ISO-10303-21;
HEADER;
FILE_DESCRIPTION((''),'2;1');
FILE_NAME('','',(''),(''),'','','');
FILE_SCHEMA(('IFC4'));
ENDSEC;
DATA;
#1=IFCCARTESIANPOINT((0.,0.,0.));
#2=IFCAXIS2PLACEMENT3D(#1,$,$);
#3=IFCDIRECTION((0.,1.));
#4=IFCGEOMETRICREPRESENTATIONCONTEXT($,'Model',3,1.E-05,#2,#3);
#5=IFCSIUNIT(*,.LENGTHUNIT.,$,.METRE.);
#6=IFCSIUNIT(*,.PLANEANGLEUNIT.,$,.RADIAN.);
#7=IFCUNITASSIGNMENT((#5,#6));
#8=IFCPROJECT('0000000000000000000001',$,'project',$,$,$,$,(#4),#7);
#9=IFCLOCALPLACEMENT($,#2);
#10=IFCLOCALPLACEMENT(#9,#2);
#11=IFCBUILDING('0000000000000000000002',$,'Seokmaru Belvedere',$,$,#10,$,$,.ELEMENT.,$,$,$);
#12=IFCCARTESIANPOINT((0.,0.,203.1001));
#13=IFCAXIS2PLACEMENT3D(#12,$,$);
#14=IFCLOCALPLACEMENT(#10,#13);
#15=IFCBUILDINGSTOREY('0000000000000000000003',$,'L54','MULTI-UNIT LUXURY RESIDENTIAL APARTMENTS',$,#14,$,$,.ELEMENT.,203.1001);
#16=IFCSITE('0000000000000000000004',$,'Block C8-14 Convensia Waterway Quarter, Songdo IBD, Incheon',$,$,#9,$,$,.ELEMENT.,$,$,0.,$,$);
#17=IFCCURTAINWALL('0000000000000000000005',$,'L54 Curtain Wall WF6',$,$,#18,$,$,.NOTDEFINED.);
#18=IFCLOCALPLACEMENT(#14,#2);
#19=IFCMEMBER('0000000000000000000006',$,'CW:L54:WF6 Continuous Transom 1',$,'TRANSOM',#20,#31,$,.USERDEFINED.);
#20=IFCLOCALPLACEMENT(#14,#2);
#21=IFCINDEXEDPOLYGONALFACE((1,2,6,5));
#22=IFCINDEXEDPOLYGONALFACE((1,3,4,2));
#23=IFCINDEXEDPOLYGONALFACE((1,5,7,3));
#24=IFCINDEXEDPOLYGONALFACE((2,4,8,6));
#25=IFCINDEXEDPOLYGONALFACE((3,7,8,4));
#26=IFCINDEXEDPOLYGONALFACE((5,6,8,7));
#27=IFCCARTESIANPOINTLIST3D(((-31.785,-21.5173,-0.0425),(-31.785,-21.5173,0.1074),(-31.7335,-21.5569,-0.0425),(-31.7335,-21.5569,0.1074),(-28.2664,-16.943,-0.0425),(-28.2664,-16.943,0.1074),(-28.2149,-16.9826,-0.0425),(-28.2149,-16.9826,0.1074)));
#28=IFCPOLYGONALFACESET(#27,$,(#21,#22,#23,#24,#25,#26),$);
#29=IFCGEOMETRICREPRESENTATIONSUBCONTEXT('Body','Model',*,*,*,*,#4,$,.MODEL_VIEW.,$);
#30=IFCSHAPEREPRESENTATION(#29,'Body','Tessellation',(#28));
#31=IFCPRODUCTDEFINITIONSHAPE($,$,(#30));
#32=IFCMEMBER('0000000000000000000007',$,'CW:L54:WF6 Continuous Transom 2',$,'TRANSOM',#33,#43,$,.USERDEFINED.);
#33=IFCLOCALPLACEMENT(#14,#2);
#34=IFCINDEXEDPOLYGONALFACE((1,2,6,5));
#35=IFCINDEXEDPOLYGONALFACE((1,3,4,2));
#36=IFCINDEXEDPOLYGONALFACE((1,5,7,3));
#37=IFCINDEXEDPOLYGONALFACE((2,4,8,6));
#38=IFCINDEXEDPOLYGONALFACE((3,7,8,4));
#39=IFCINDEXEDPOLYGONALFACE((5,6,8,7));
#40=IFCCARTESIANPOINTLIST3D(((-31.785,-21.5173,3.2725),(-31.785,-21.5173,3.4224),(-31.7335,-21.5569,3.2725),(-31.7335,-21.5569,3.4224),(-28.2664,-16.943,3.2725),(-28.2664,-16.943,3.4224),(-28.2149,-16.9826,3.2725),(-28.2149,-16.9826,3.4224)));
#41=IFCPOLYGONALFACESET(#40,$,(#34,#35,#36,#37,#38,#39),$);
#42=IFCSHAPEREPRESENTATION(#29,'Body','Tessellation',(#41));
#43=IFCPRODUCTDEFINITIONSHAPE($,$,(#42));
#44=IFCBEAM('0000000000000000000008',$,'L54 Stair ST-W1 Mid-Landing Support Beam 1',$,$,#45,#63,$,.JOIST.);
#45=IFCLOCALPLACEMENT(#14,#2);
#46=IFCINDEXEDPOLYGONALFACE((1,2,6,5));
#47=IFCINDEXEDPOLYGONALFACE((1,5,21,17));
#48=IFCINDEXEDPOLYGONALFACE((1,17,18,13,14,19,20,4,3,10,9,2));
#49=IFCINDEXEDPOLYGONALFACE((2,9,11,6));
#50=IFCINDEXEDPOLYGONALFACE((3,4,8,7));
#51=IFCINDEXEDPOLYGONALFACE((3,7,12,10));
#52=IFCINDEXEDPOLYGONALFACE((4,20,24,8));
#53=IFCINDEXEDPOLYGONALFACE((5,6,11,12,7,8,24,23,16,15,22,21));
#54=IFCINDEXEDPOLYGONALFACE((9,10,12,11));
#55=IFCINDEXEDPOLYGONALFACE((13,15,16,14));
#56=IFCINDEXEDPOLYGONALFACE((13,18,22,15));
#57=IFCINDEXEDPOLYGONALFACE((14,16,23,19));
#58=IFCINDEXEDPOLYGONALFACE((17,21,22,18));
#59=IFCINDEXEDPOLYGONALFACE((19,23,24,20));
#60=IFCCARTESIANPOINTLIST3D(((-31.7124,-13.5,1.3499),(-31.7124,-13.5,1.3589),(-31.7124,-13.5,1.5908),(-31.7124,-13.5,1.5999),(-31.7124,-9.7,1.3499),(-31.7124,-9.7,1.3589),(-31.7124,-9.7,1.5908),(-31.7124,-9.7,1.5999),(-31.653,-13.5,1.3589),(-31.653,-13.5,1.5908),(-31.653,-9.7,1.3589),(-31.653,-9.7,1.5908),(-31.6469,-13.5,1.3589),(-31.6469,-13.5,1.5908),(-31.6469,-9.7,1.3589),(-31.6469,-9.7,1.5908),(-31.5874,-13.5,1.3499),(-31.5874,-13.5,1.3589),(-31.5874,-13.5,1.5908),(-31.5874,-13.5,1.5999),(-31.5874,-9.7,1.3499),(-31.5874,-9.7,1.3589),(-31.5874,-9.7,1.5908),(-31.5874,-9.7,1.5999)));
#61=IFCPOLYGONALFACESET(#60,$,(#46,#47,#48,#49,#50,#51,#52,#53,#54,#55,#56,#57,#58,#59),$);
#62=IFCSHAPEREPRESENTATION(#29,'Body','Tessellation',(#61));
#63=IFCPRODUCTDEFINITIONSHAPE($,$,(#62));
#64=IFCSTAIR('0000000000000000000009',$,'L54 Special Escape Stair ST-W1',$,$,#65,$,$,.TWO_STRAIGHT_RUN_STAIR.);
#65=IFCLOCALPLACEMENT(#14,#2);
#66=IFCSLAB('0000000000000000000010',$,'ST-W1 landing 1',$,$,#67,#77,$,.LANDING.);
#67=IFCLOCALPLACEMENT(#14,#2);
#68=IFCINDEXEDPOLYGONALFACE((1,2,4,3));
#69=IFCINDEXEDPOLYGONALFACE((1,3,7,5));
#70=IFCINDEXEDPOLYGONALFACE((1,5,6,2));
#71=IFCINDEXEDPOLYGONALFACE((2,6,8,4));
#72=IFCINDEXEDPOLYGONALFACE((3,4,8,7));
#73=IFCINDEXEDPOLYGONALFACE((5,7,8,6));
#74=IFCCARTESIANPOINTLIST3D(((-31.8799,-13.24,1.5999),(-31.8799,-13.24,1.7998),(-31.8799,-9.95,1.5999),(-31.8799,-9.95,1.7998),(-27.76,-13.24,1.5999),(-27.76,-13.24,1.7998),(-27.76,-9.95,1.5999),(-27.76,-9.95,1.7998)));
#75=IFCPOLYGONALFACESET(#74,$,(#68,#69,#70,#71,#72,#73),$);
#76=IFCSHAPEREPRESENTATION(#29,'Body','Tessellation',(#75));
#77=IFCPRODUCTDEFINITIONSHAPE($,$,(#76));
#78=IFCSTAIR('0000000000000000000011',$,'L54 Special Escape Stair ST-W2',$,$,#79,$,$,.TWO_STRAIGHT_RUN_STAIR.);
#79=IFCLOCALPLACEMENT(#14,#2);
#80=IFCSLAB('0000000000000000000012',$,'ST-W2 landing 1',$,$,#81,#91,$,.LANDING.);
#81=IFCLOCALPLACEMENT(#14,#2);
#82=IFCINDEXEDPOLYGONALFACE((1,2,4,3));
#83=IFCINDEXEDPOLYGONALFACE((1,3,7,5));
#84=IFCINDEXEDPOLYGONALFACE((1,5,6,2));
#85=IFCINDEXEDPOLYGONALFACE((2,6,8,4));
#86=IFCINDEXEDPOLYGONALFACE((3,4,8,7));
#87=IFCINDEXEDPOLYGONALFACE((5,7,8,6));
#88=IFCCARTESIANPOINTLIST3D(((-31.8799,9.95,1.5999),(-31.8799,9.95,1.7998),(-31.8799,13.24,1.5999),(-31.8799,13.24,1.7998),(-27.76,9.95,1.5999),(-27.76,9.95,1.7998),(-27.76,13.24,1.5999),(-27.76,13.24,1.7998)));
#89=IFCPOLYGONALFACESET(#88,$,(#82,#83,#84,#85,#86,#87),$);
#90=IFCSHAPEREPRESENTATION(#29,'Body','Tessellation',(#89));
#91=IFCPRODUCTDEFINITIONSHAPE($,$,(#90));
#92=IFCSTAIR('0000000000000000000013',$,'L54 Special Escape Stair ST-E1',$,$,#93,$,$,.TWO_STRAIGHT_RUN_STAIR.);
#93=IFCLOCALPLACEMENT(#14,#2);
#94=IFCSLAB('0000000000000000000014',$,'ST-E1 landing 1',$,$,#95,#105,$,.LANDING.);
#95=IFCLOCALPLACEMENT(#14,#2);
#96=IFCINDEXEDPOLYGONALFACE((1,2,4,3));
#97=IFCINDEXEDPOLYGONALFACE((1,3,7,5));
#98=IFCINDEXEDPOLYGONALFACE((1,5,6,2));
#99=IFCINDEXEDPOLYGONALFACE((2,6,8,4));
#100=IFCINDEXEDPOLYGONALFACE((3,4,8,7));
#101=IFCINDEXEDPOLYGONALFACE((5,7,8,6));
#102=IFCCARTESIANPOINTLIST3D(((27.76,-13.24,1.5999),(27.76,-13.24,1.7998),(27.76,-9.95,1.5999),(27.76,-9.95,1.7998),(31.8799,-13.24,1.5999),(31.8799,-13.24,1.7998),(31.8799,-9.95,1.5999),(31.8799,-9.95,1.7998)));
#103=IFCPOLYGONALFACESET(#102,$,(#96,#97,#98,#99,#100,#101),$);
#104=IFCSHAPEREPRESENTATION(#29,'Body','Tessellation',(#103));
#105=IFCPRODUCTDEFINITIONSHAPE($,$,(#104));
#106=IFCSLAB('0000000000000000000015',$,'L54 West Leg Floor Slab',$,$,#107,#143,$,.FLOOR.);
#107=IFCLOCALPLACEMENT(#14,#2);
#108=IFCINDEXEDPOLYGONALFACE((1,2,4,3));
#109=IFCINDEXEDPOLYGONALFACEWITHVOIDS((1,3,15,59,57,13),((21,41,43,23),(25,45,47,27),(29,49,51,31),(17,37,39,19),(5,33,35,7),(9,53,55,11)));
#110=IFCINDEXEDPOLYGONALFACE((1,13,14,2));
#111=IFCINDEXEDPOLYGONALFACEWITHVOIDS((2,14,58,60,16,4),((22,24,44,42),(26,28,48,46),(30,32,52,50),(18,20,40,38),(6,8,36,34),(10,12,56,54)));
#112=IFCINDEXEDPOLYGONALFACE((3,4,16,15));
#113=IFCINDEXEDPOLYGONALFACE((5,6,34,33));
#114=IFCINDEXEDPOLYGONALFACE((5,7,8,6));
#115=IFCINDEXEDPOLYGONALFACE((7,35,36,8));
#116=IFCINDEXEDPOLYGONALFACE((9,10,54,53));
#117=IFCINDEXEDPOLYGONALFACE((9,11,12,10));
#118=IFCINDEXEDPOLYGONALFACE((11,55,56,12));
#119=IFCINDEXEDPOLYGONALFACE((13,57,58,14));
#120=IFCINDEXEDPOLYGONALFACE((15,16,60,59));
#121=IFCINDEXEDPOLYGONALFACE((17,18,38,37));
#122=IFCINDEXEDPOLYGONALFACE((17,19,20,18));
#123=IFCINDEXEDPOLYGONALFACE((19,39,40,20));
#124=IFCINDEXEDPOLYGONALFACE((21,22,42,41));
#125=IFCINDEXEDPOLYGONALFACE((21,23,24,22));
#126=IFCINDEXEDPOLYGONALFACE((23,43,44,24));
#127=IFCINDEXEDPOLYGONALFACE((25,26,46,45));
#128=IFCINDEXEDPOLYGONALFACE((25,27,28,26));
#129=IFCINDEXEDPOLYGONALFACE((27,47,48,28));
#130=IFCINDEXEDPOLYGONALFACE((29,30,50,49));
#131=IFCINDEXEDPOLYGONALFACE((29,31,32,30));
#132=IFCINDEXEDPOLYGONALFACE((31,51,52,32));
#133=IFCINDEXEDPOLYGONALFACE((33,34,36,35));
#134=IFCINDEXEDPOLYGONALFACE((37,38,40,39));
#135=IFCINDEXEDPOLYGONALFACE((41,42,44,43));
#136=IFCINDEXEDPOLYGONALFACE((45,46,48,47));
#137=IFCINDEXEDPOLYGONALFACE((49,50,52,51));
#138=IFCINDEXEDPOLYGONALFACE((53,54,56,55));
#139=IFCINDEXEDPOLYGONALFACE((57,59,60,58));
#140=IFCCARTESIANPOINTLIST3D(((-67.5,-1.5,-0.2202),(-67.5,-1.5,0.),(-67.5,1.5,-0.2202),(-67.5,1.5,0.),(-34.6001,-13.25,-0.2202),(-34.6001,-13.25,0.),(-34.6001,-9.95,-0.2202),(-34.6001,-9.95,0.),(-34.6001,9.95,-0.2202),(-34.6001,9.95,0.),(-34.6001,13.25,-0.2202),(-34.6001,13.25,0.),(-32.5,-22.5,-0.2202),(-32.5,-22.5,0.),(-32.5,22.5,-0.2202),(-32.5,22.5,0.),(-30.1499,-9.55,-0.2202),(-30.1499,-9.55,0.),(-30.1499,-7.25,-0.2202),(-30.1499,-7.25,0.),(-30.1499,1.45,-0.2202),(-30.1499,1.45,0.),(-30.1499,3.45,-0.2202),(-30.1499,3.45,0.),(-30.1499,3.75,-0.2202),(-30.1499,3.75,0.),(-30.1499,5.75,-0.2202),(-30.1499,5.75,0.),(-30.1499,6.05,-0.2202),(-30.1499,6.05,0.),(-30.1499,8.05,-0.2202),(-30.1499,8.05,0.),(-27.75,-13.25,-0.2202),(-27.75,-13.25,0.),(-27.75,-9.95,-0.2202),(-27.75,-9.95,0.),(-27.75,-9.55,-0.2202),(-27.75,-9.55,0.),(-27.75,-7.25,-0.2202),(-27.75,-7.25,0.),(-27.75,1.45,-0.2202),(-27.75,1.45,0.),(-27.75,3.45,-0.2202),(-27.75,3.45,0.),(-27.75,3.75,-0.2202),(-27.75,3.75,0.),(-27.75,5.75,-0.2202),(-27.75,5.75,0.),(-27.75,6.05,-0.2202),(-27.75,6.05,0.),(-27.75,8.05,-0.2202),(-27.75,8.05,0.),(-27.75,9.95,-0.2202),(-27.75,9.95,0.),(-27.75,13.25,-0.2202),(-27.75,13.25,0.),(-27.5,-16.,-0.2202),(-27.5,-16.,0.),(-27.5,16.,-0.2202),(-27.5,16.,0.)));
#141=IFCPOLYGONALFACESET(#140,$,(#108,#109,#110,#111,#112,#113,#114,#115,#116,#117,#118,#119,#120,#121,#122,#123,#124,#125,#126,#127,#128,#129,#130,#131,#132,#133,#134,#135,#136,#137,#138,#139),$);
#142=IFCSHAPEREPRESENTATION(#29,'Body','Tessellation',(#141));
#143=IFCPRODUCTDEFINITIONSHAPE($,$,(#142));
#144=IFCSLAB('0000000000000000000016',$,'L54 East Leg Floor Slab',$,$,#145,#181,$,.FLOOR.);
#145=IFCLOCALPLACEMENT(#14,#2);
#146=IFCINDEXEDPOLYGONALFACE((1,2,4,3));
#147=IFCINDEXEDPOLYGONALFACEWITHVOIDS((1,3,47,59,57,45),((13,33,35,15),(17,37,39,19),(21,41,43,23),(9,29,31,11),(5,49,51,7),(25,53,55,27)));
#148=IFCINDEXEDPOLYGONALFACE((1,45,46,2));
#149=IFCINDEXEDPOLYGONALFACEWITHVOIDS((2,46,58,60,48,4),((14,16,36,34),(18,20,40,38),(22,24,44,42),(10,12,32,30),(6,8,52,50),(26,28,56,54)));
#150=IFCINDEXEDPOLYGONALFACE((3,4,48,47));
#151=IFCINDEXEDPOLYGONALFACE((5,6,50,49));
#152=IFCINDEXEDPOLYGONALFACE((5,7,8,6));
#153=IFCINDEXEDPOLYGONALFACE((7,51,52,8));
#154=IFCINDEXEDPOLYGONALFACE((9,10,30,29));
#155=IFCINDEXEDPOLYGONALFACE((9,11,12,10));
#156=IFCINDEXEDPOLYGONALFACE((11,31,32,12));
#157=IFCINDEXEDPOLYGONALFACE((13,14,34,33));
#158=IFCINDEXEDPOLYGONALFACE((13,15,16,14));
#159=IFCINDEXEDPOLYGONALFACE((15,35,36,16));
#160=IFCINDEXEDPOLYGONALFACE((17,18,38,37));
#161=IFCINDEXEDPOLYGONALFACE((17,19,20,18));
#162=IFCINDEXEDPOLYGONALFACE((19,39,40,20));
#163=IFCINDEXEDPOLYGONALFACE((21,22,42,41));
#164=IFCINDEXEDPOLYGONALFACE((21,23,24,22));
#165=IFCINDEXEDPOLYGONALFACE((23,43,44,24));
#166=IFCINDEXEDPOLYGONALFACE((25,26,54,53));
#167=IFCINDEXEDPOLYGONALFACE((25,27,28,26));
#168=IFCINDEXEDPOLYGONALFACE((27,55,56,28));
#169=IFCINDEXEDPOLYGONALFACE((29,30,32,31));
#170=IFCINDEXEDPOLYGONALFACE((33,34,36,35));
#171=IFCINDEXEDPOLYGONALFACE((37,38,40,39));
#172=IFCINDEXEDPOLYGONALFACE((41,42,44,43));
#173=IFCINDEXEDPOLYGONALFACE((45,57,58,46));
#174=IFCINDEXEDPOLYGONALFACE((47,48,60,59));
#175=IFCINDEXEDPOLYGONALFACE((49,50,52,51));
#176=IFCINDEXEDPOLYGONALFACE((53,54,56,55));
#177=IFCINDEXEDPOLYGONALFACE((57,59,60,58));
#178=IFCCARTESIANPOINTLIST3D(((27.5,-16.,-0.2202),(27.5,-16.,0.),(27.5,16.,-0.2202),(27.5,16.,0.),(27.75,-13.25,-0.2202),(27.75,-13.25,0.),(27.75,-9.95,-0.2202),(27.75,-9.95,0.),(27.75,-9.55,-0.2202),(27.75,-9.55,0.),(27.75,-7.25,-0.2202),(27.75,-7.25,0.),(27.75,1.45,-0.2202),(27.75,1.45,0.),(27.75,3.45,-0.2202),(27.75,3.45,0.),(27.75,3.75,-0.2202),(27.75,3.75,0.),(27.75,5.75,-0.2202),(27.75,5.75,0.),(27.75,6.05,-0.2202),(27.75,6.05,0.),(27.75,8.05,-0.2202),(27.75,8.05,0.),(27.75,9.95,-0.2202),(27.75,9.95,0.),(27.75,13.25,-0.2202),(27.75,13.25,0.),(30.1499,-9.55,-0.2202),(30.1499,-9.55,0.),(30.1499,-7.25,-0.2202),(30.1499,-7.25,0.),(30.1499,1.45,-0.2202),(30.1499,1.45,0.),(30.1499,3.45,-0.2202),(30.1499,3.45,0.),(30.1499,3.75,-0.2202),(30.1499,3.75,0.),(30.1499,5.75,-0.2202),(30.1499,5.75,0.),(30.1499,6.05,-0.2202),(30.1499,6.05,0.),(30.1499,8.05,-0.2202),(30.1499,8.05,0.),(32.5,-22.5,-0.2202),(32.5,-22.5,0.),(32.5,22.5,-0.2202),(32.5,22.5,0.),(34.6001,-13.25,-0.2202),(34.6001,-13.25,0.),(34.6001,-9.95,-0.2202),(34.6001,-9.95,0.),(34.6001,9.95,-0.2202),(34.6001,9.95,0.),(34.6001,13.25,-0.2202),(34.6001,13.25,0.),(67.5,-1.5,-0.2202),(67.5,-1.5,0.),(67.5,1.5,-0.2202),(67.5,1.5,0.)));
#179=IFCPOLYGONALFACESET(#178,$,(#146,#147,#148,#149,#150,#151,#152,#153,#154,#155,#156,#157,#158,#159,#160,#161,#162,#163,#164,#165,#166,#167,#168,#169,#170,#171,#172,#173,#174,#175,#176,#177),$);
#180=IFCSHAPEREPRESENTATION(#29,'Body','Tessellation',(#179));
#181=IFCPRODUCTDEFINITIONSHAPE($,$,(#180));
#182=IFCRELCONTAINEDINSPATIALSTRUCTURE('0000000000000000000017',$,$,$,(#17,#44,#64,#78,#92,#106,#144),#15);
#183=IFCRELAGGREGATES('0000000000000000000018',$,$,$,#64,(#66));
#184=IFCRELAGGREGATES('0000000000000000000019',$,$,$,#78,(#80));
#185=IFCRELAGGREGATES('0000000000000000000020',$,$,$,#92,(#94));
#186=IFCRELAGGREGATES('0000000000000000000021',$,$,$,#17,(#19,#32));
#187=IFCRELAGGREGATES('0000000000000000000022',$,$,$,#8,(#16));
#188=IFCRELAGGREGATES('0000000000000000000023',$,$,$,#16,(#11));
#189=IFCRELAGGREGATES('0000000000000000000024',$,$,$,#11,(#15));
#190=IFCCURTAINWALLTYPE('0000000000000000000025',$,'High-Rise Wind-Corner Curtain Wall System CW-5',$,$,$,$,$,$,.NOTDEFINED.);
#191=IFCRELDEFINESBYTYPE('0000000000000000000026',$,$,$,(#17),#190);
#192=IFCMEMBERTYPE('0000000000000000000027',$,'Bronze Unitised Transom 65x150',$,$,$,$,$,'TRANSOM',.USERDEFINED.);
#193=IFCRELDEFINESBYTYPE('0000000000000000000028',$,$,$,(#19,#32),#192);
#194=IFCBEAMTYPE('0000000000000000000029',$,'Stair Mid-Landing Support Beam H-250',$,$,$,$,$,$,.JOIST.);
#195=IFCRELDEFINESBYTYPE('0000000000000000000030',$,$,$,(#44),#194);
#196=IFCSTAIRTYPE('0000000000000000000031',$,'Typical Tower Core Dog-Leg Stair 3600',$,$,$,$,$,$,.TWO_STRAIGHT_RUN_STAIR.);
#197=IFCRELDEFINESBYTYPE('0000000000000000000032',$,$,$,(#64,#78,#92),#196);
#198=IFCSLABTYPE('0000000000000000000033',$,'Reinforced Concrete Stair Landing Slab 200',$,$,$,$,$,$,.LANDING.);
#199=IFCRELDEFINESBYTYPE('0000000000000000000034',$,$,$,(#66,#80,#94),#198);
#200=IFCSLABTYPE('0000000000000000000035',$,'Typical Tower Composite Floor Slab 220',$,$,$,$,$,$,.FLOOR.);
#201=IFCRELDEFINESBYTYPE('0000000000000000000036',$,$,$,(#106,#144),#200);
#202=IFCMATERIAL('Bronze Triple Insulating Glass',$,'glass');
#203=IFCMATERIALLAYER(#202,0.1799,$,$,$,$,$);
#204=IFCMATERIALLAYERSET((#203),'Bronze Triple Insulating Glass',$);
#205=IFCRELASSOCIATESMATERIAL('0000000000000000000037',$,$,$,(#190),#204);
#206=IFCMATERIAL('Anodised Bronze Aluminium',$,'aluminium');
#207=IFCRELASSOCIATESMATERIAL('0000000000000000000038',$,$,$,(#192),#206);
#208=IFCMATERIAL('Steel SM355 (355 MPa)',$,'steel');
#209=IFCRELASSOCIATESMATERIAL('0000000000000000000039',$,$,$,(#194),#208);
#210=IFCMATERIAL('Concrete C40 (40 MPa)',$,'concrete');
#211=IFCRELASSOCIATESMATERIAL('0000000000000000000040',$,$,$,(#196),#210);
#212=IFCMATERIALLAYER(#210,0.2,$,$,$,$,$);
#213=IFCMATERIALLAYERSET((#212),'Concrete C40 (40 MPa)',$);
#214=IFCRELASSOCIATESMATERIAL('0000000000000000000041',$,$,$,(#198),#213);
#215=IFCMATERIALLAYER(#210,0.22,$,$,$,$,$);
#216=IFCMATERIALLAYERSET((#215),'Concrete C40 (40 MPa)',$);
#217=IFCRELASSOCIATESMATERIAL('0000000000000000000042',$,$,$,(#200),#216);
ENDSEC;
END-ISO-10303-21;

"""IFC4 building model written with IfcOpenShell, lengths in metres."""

from ifc_helpers import new_model, si_unit, direction, frame, origin, origin_2d, place, context, subcontext, project, spatial, polyline, rectangle, i_section, outline, extrude, source, transform, mapped, material, layer, layer_set, material_profile, profile_set, type_object, type_shapes, element, aggregate, save


model = new_model("IFC4")

# Units and contexts
model_context = context("Model", 3, precision=1e-05, world=origin(), true_north=direction((0.0, 1.0)))
body_context = subcontext(model_context, "Body", "Model", "MODEL_VIEW")
ifc_project = project(units=[si_unit("LENGTHUNIT", "METRE"), si_unit("PLANEANGLEUNIT", "RADIAN")], contexts=[model_context])

# Site, building, storey
site_placement = place(None, origin())
site = spatial("IfcSite", under=ifc_project, at=site_placement, Name="Block C8-14 Convensia Waterway Quarter, Songdo IBD, Incheon", CompositionType="ELEMENT", RefElevation=0.0)
building_placement = place(site_placement, origin())
building = spatial("IfcBuilding", under=site, at=building_placement, Name="Seokmaru Belvedere", CompositionType="ELEMENT")
storey_placement = place(building_placement, frame((0.0, 0.0, 203.1001)))
storey = spatial("IfcBuildingStorey", under=building, at=storey_placement, Name="L54", Description="MULTI-UNIT LUXURY RESIDENTIAL APARTMENTS", CompositionType="ELEMENT", Elevation=203.1001)

# Shared definitions
ifc_material_1 = material(Name="Steel SM355 (355 MPa)", Category="steel")

# Curtain wall, members
ifc_material_2 = material(Name="Bronze Triple Insulating Glass", Category="glass")
ifc_layer_1 = layer(ifc_material_2, 0.1799)
ifc_layer_set_1 = layer_set([ifc_layer_1], Name="Bronze Triple Insulating Glass")
curtain_wall_type = type_object("IfcCurtainWallType", Name="High-Rise Wind-Corner Curtain Wall System CW-5", PredefinedType="NOTDEFINED", material=ifc_layer_set_1)
curtain_wall_placement = place(storey_placement, origin())
curtain_wall = element("IfcCurtainWall", 1, at=curtain_wall_placement, inside=storey, type_object=curtain_wall_type, Name="L54 Curtain Wall WF6", PredefinedType="NOTDEFINED")
ifc_material_3 = material(Name="Anodised Bronze Aluminium", Category="aluminium")
ifc_material_profile_1 = material_profile(ifc_material_3, rectangle(XDim=0.0649, YDim=0.1499, at=origin_2d()), Name="CW-T-65x150")
ifc_profile_set_1 = profile_set([ifc_material_profile_1], Name="Anodised Bronze Aluminium")
member_type_1 = type_object("IfcMemberType", Name="Bronze Unitised Transom 65x150", ElementType="TRANSOM", PredefinedType="USERDEFINED", material=ifc_profile_set_1)
shared_shape_1 = source(origin(), body_context, "Body", "SweptSolid", [
    extrude(rectangle(XDim=0.0649, YDim=0.1499, at=origin_2d()), origin(), (0.0, 0.0, 1.0), 5.771),
])
type_shapes(member_type_1, [shared_shape_1])
member_1_placement = place(storey_placement, frame((-31.7593, -21.5371, 0.0325), z_axis=(0.609703, 0.79263, 0.0), x_axis=(-0.79263, 0.609703, 0.0)))
member_1 = element("IfcMember", 2, at=member_1_placement, type_object=member_type_1, Name="CW:L54:WF6 Continuous Transom 1", ObjectType="TRANSOM", PredefinedType="USERDEFINED", context=body_context, shape_type="MappedRepresentation", body=[
    mapped(shared_shape_1, transform((0.0, 0.0, 0.0), scale=1.0)),
])
member_2_placement = place(storey_placement, frame((-31.7593, -21.5371, 3.3474), z_axis=(0.609703, 0.79263, 0.0), x_axis=(-0.79263, 0.609703, 0.0)))
member_2 = element("IfcMember", 3, at=member_2_placement, type_object=member_type_1, Name="CW:L54:WF6 Continuous Transom 2", ObjectType="TRANSOM", PredefinedType="USERDEFINED", context=body_context, shape_type="MappedRepresentation", body=[
    mapped(shared_shape_1, transform((0.0, 0.0, 0.0), scale=1.0)),
])

# Beam
ifc_material_profile_2 = material_profile(ifc_material_1, i_section(OverallWidth=0.125, OverallDepth=0.25, WebThickness=0.0061, FlangeThickness=0.009, at=origin_2d()), Name="H-250x125x6x9")
ifc_profile_set_2 = profile_set([ifc_material_profile_2], Name="Steel SM355 (355 MPa)")
beam_type_1 = type_object("IfcBeamType", Name="Stair Mid-Landing Support Beam H-250", PredefinedType="JOIST", material=ifc_profile_set_2)
shared_shape_2 = source(origin(), body_context, "Body", "SweptSolid", [
    extrude(i_section(OverallWidth=0.125, OverallDepth=0.25, WebThickness=0.0061, FlangeThickness=0.009, at=origin_2d()), origin(), (0.0, 0.0, 1.0), 3.8),
])
type_shapes(beam_type_1, [shared_shape_2])
beam_1_placement = place(storey_placement, frame((-31.6499, -13.5, 1.4749), z_axis=(0.0, 1.0, 0.0), x_axis=(-1.0, 0.0, 0.0)))
element("IfcBeam", 4, at=beam_1_placement, inside=storey, type_object=beam_type_1, Name="L54 Stair ST-W1 Mid-Landing Support Beam 1", PredefinedType="JOIST", context=body_context, shape_type="MappedRepresentation", body=[
    mapped(shared_shape_2, transform((0.0, 0.0, 0.0), scale=1.0)),
])

# Stairs, slabs
ifc_material_4 = material(Name="Concrete C40 (40 MPa)", Category="concrete")
stair_type = type_object("IfcStairType", Name="Typical Tower Core Dog-Leg Stair 3600", PredefinedType="TWO_STRAIGHT_RUN_STAIR", material=ifc_material_4)
stair_1_placement = place(storey_placement, origin())
stair_1 = element("IfcStair", 5, at=stair_1_placement, inside=storey, type_object=stair_type, Name="L54 Special Escape Stair ST-W1", PredefinedType="TWO_STRAIGHT_RUN_STAIR")
ifc_layer_2 = layer(ifc_material_4, 0.2)
ifc_layer_set_2 = layer_set([ifc_layer_2], Name="Concrete C40 (40 MPa)")
slab_type_1 = type_object("IfcSlabType", Name="Reinforced Concrete Stair Landing Slab 200", PredefinedType="LANDING", material=ifc_layer_set_2)
slab_1_placement = place(storey_placement, frame((0.0, 0.0, 1.5999)))
slab_1 = element("IfcSlab", 6, at=slab_1_placement, type_object=slab_type_1, Name="ST-W1 landing 1", PredefinedType="LANDING", context=body_context, shape_type="SweptSolid", body=[
    extrude(outline(polyline([(-31.8799, -13.24), (-27.76, -13.24), (-27.76, -9.95), (-31.8799, -9.95), (-31.8799, -13.24)])), origin(), (0.0, 0.0, 1.0), 0.2),
])
aggregate(stair_1, [slab_1])
stair_2_placement = place(storey_placement, origin())
stair_2 = element("IfcStair", 7, at=stair_2_placement, inside=storey, type_object=stair_type, Name="L54 Special Escape Stair ST-W2", PredefinedType="TWO_STRAIGHT_RUN_STAIR")
slab_2_placement = place(storey_placement, frame((0.0, 0.0, 1.5999)))
slab_2 = element("IfcSlab", 8, at=slab_2_placement, type_object=slab_type_1, Name="ST-W2 landing 1", PredefinedType="LANDING", context=body_context, shape_type="SweptSolid", body=[
    extrude(outline(polyline([(-31.8799, 9.95), (-27.76, 9.95), (-27.76, 13.24), (-31.8799, 13.24), (-31.8799, 9.95)])), origin(), (0.0, 0.0, 1.0), 0.2),
])
aggregate(stair_2, [slab_2])
stair_3_placement = place(storey_placement, origin())
stair_3 = element("IfcStair", 9, at=stair_3_placement, inside=storey, type_object=stair_type, Name="L54 Special Escape Stair ST-E1", PredefinedType="TWO_STRAIGHT_RUN_STAIR")
slab_3_placement = place(storey_placement, frame((0.0, 0.0, 1.5999)))
slab_3 = element("IfcSlab", 10, at=slab_3_placement, type_object=slab_type_1, Name="ST-E1 landing 1", PredefinedType="LANDING", context=body_context, shape_type="SweptSolid", body=[
    extrude(outline(polyline([(27.76, -13.24), (31.8799, -13.24), (31.8799, -9.95), (27.76, -9.95), (27.76, -13.24)])), origin(), (0.0, 0.0, 1.0), 0.2),
])
aggregate(stair_3, [slab_3])

# Slabs
ifc_layer_3 = layer(ifc_material_4, 0.22)
ifc_layer_set_3 = layer_set([ifc_layer_3], Name="Concrete C40 (40 MPa)")
slab_type_2 = type_object("IfcSlabType", Name="Typical Tower Composite Floor Slab 220", PredefinedType="FLOOR", material=ifc_layer_set_3)
slab_4_placement = place(storey_placement, frame((0.0, 0.0, -0.2202)))
element("IfcSlab", 11, at=slab_4_placement, inside=storey, type_object=slab_type_2, Name="L54 West Leg Floor Slab", PredefinedType="FLOOR", context=body_context, shape_type="SweptSolid", body=[
    extrude(outline(polyline([(-27.5, -16.0), (-27.5, 16.0), (-32.5, 22.5), (-67.5, 1.5), (-67.5, -1.5), (-32.5, -22.5), (-27.5, -16.0)]), holes=[polyline([(-34.6001, -13.25), (-27.75, -13.25), (-27.75, -9.95), (-34.6001, -9.95), (-34.6001, -13.25)]), polyline([(-34.6001, 9.95), (-27.75, 9.95), (-27.75, 13.25), (-34.6001, 13.25), (-34.6001, 9.95)]), polyline([(-30.1499, -9.55), (-27.75, -9.55), (-27.75, -7.25), (-30.1499, -7.25), (-30.1499, -9.55)]), polyline([(-30.1499, 1.45), (-27.75, 1.45), (-27.75, 3.45), (-30.1499, 3.45), (-30.1499, 1.45)]), polyline([(-30.1499, 3.75), (-27.75, 3.75), (-27.75, 5.75), (-30.1499, 5.75), (-30.1499, 3.75)]), polyline([(-30.1499, 6.05), (-27.75, 6.05), (-27.75, 8.05), (-30.1499, 8.05), (-30.1499, 6.05)])]), origin(), (0.0, 0.0, 1.0), 0.2202),
])
slab_5_placement = place(storey_placement, frame((0.0, 0.0, -0.2202)))
element("IfcSlab", 12, at=slab_5_placement, inside=storey, type_object=slab_type_2, Name="L54 East Leg Floor Slab", PredefinedType="FLOOR", context=body_context, shape_type="SweptSolid", body=[
    extrude(outline(polyline([(32.5, -22.5), (67.5, -1.5), (67.5, 1.5), (32.5, 22.5), (27.5, 16.0), (27.5, -16.0), (32.5, -22.5)]), holes=[polyline([(27.75, -13.25), (34.6001, -13.25), (34.6001, -9.95), (27.75, -9.95), (27.75, -13.25)]), polyline([(27.75, 9.95), (34.6001, 9.95), (34.6001, 13.25), (27.75, 13.25), (27.75, 9.95)]), polyline([(27.75, -9.55), (30.1499, -9.55), (30.1499, -7.25), (27.75, -7.25), (27.75, -9.55)]), polyline([(27.75, 1.45), (30.1499, 1.45), (30.1499, 3.45), (27.75, 3.45), (27.75, 1.45)]), polyline([(27.75, 3.75), (30.1499, 3.75), (30.1499, 5.75), (27.75, 5.75), (27.75, 3.75)]), polyline([(27.75, 6.05), (30.1499, 6.05), (30.1499, 8.05), (27.75, 8.05), (27.75, 6.05)])]), origin(), (0.0, 0.0, 1.0), 0.2202),
])

aggregate(curtain_wall, [member_1, member_2])

save(model, "model.ifc")
